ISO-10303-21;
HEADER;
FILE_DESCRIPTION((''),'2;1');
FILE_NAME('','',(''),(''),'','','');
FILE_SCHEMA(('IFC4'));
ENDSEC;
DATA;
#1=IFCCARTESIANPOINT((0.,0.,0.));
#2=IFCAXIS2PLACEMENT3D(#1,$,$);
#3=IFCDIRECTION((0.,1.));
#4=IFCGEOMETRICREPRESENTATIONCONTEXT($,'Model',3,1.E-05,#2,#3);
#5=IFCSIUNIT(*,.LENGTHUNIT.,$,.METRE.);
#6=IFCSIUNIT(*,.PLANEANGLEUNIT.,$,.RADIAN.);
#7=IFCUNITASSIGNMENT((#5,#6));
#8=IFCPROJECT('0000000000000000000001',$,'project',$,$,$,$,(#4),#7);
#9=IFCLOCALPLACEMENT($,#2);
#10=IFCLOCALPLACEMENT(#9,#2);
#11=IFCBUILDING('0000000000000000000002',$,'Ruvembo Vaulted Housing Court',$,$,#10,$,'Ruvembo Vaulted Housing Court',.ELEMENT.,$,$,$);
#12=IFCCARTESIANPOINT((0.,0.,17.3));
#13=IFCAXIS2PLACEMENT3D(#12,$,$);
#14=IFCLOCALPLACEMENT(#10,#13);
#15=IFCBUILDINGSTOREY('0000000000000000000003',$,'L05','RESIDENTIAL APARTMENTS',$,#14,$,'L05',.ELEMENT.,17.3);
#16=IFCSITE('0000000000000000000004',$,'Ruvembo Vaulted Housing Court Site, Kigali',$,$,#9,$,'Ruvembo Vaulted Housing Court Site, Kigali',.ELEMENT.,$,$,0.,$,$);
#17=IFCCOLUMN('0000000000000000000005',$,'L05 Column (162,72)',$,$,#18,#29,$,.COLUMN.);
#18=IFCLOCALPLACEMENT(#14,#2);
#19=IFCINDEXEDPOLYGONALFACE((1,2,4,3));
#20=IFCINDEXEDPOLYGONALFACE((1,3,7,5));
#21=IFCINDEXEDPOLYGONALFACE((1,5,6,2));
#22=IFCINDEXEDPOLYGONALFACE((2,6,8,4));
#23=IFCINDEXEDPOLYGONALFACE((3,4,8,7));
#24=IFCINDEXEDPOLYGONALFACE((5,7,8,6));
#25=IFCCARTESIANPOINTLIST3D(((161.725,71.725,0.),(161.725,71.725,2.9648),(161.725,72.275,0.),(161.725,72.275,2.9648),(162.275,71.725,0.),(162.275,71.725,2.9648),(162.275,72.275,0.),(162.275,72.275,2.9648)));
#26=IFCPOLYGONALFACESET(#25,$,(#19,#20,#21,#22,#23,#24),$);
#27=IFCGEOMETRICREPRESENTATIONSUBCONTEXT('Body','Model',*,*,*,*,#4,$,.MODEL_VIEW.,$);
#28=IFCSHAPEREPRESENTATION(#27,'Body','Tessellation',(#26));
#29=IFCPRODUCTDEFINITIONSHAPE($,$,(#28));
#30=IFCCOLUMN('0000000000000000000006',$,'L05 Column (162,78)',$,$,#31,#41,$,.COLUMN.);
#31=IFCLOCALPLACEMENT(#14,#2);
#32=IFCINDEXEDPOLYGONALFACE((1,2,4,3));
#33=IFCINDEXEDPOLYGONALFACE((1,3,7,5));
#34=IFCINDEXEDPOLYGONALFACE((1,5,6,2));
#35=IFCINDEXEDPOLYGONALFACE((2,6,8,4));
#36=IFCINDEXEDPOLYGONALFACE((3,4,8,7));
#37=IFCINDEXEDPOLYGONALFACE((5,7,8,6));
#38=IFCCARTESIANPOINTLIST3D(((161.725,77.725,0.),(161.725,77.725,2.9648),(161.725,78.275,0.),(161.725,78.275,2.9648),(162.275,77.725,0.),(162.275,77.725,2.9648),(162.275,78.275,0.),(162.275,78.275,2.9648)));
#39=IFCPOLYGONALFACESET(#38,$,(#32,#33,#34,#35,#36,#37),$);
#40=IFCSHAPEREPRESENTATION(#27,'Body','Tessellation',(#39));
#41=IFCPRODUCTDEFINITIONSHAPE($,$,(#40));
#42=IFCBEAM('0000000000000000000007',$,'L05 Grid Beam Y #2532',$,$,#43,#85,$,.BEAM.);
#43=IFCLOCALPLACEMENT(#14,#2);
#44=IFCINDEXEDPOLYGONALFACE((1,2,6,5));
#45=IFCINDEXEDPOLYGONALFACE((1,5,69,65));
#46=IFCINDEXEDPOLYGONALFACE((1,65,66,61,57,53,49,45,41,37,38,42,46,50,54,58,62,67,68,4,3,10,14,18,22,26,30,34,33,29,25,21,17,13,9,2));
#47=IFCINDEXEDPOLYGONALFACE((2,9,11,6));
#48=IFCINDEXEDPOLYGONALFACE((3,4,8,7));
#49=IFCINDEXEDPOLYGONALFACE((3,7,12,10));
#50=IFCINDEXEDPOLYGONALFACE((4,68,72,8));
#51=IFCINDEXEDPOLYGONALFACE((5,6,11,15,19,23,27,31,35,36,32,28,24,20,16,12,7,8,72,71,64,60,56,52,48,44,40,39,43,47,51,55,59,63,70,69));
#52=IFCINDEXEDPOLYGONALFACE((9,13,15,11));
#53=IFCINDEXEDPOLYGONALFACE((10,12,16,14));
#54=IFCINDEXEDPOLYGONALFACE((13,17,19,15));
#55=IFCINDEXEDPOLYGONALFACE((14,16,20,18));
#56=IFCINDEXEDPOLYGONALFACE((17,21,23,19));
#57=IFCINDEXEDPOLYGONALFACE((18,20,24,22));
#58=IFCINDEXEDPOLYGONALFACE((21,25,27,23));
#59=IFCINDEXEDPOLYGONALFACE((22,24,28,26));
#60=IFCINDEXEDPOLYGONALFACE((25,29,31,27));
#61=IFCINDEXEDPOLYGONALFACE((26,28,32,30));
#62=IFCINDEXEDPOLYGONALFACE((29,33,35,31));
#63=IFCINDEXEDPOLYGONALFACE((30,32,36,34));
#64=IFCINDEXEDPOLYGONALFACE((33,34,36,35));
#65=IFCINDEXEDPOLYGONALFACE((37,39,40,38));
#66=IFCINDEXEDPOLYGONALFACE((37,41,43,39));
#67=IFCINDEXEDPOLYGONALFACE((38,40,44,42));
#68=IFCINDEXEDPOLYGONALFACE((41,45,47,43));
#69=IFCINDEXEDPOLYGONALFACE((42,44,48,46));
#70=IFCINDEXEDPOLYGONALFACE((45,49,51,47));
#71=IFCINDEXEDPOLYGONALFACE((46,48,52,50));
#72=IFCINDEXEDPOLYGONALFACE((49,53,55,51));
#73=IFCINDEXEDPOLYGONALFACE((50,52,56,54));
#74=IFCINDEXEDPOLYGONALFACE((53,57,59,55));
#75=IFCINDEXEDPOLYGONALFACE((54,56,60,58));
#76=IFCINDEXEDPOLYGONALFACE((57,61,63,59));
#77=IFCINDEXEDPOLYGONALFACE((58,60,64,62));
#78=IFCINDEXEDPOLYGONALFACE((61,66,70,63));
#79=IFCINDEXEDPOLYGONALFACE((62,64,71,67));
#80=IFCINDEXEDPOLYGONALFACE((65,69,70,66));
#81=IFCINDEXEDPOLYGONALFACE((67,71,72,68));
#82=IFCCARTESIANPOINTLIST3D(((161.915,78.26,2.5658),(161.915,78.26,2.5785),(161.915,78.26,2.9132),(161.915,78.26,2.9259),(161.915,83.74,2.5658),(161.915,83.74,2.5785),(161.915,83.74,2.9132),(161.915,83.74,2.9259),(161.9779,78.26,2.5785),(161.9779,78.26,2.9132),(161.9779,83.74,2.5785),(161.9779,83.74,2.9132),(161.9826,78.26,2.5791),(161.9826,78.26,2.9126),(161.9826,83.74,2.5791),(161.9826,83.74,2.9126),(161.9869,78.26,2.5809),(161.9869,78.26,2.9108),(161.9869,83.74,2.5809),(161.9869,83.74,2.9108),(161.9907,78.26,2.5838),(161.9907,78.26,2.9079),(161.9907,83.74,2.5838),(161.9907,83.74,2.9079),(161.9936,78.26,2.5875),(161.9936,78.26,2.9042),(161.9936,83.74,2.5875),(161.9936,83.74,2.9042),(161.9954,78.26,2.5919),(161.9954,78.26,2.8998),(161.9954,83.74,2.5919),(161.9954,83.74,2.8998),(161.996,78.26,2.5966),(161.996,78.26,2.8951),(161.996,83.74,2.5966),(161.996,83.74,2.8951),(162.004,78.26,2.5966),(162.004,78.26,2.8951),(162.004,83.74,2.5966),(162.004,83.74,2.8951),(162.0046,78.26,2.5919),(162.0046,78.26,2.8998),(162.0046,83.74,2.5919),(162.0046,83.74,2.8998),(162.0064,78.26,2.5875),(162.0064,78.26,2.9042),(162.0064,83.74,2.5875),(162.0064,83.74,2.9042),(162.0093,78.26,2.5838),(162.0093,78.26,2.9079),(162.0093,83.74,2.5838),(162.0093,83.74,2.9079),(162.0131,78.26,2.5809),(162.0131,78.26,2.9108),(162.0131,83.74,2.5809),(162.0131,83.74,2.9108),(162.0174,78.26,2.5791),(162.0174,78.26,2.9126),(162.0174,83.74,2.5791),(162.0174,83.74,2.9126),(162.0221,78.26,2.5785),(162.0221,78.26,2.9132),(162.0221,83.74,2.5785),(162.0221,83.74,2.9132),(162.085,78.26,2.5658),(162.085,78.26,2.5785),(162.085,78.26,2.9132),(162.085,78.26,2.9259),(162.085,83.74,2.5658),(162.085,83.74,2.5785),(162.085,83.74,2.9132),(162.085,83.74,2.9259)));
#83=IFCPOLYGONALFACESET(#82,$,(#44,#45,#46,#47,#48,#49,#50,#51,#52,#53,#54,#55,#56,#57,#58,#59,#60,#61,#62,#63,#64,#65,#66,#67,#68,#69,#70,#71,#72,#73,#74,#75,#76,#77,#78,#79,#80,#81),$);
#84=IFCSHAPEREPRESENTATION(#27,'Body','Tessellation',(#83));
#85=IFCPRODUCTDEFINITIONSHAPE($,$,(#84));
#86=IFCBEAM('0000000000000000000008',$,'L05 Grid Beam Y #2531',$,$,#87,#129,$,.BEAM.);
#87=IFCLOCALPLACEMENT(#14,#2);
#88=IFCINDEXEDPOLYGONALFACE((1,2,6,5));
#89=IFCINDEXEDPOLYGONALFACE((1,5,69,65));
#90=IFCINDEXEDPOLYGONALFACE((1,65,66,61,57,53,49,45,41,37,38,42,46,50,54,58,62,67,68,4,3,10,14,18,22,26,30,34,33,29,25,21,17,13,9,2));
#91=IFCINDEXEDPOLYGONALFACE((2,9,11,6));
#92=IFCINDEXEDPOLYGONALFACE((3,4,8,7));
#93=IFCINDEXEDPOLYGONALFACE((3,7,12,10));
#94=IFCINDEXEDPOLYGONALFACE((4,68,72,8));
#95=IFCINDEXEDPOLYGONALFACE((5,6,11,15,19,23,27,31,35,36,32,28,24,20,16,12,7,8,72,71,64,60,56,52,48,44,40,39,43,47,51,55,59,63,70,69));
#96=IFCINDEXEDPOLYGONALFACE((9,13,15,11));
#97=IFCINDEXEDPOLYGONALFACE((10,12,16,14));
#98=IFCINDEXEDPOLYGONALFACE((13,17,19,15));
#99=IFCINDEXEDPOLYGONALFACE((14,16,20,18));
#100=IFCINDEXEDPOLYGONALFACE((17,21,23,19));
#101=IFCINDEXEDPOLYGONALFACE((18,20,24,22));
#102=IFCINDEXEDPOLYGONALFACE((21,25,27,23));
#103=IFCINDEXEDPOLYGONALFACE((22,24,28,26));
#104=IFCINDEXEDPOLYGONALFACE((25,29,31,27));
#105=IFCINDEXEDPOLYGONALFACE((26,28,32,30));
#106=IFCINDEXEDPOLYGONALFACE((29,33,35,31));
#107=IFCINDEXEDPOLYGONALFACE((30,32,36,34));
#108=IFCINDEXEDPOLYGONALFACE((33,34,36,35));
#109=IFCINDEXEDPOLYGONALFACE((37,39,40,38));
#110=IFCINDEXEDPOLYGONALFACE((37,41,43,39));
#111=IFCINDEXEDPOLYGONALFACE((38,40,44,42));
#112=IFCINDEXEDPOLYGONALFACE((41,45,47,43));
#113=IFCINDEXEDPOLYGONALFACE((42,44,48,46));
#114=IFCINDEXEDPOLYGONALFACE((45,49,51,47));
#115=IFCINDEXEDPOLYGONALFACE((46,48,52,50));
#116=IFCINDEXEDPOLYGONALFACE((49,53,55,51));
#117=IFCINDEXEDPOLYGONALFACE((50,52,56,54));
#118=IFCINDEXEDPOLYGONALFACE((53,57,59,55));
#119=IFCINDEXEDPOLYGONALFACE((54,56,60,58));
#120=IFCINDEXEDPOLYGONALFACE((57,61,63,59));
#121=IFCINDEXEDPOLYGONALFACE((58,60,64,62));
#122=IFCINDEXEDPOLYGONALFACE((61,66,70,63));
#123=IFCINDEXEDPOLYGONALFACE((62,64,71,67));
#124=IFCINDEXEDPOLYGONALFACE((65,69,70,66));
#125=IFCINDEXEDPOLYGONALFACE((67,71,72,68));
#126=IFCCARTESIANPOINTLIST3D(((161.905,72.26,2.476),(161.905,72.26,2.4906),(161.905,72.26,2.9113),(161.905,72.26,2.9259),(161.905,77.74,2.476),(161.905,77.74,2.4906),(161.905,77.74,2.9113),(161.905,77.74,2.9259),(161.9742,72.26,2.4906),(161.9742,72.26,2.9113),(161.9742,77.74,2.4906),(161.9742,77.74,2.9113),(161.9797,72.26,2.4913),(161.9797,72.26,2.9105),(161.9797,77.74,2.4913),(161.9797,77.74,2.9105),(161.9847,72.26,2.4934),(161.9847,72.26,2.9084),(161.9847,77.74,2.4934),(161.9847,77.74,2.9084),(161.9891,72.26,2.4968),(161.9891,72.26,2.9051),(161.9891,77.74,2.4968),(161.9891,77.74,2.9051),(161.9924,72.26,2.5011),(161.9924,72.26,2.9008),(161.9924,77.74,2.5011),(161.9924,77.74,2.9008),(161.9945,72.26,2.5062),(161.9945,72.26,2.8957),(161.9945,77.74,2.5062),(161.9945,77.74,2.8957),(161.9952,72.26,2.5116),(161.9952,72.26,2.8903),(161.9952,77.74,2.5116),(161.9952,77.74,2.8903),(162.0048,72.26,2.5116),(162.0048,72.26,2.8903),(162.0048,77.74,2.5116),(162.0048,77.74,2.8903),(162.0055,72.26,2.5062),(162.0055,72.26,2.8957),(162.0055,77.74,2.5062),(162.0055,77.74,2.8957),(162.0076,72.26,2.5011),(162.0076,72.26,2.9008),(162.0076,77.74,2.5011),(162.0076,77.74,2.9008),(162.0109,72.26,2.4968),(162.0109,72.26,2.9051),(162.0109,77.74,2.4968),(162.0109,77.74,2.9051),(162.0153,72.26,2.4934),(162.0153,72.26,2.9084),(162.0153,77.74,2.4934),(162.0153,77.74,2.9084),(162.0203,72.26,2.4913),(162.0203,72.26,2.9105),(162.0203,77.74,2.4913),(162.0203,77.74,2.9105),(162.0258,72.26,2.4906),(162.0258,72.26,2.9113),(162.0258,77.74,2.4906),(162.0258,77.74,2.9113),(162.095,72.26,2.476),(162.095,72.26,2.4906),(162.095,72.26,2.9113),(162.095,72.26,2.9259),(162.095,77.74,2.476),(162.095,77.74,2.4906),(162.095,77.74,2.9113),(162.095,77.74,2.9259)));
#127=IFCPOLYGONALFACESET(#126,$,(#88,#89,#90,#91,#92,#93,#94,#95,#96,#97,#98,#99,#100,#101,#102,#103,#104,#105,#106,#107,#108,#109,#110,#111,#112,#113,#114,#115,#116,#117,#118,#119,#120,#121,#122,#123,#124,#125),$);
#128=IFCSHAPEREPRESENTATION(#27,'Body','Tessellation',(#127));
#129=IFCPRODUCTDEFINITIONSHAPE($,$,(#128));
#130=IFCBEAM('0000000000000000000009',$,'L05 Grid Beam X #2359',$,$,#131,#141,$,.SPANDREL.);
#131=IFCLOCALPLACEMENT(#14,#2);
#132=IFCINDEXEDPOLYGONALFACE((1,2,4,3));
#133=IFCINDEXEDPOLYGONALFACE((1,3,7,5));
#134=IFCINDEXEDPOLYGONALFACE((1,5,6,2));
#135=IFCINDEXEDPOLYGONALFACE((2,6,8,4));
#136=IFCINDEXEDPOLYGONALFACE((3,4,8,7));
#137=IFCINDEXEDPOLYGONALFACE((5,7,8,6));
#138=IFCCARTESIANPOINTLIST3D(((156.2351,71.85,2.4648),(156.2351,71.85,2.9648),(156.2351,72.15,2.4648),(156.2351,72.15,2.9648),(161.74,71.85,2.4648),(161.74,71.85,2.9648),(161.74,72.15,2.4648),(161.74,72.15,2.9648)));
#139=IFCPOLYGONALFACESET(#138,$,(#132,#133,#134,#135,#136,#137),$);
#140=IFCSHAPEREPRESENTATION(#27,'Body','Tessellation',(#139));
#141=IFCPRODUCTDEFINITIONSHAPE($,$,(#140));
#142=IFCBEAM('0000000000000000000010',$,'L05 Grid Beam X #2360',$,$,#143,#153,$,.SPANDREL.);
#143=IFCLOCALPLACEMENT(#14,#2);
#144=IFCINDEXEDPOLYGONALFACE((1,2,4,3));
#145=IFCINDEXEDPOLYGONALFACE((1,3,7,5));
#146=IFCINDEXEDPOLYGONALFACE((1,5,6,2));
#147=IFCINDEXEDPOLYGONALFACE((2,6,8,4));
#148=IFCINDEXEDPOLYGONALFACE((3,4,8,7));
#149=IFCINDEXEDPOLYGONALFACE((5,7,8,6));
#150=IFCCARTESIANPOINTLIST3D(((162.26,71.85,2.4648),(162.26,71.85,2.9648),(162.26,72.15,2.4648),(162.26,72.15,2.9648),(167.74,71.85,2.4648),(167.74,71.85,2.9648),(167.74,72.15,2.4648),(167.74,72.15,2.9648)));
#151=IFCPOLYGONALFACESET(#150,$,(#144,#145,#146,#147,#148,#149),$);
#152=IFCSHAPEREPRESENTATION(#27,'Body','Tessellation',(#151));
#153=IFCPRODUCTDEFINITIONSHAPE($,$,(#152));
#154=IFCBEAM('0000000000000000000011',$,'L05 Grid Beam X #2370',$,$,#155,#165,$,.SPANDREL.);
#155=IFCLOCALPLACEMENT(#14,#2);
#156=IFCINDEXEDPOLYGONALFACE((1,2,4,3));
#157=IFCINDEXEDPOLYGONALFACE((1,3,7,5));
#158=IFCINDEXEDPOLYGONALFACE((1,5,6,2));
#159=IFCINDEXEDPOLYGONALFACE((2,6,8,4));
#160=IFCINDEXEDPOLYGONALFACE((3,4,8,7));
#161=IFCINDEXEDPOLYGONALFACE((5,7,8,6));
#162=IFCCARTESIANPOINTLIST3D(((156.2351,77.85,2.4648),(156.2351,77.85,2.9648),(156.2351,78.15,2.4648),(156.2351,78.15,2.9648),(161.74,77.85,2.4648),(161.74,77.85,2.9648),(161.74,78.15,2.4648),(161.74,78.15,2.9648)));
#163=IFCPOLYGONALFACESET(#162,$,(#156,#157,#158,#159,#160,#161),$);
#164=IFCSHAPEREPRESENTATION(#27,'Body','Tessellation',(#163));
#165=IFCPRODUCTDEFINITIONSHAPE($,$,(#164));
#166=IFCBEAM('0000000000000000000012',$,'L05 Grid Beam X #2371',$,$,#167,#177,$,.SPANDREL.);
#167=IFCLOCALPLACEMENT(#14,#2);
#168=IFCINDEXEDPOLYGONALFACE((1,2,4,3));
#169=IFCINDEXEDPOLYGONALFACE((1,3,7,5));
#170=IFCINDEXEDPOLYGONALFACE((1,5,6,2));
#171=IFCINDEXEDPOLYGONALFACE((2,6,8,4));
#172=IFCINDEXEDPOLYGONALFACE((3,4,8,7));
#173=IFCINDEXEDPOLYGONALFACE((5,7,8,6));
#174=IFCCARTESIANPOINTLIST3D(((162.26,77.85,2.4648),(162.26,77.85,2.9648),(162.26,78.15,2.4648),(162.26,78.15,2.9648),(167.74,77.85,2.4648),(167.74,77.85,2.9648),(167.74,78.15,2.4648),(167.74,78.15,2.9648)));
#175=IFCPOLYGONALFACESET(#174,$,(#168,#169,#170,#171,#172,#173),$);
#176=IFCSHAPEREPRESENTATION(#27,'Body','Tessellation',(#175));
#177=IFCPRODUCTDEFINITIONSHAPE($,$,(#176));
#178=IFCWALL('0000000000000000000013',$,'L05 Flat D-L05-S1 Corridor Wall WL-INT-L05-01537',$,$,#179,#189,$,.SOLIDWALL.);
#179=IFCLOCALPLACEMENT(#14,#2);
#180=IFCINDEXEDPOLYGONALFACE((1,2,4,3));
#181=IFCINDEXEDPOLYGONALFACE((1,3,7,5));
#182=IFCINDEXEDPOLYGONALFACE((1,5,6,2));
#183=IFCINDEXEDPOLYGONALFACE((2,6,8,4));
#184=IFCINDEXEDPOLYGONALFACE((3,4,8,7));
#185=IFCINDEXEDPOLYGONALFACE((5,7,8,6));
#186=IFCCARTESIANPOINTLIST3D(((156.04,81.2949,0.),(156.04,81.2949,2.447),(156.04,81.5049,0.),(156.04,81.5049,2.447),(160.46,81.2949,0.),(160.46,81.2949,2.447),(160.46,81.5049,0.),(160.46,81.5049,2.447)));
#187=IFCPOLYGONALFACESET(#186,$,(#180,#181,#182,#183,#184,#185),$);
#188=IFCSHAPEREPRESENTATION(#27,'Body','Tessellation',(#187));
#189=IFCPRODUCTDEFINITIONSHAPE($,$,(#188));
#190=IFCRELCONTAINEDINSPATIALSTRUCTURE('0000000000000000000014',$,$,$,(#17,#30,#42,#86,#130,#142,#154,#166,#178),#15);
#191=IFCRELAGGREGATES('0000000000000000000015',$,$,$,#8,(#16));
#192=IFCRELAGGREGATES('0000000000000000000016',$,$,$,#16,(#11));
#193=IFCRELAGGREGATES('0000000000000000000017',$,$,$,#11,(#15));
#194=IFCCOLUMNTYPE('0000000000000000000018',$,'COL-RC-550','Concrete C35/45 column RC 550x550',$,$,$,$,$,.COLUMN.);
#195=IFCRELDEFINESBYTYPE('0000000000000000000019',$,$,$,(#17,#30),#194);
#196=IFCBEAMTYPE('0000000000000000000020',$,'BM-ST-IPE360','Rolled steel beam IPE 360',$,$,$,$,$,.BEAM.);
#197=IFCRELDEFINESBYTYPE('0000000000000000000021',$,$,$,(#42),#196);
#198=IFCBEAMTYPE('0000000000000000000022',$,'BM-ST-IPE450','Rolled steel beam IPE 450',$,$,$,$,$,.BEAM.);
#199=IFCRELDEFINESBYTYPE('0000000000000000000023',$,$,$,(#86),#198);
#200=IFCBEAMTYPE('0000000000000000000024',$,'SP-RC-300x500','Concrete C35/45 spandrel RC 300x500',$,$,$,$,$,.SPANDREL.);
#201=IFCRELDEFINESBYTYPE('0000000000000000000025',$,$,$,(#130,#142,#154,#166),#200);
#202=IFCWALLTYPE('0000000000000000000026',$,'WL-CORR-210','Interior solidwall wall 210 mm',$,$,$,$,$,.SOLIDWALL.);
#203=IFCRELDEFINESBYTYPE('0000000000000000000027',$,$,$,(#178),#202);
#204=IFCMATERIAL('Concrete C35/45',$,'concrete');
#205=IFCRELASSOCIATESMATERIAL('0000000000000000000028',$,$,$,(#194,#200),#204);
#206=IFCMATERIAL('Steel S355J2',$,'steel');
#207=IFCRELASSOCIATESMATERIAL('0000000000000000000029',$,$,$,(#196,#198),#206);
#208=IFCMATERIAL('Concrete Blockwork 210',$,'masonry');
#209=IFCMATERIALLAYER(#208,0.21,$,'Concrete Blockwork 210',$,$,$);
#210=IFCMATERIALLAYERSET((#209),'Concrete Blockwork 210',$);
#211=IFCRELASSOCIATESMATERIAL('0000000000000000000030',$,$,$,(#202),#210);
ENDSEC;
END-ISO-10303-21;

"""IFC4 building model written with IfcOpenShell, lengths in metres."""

from ifc_helpers import new_model, si_unit, direction, frame, frame_2d, origin, origin_2d, place, context, subcontext, project, spatial, rectangle, i_section, extrude, material, layer, layer_set, material_profile, profile_set, type_object, element, save


model = new_model("IFC4")

# Units and contexts
model_context = context("Model", 3, precision=1e-05, world=origin(), true_north=direction((0.0, 1.0)))
body_context = subcontext(model_context, "Body", "Model", "MODEL_VIEW")
ifc_project = project(units=[si_unit("LENGTHUNIT", "METRE"), si_unit("PLANEANGLEUNIT", "RADIAN")], contexts=[model_context])

# Site, building, storey
site_placement = place(None, origin())
site = spatial("IfcSite", under=ifc_project, at=site_placement, Name="Ruvembo Vaulted Housing Court Site, Kigali", LongName="Ruvembo Vaulted Housing Court Site, Kigali", CompositionType="ELEMENT", RefElevation=0.0)
building_placement = place(site_placement, origin())
building = spatial("IfcBuilding", under=site, at=building_placement, Name="Ruvembo Vaulted Housing Court", LongName="Ruvembo Vaulted Housing Court", CompositionType="ELEMENT")
storey_placement = place(building_placement, frame((0.0, 0.0, 17.3)))
storey = spatial("IfcBuildingStorey", under=building, at=storey_placement, Name="L05", Description="RESIDENTIAL APARTMENTS", LongName="L05", CompositionType="ELEMENT", Elevation=17.3)

# Columns
ifc_material_1 = material(Name="Concrete C35/45", Category="concrete")
ifc_material_profile_1 = material_profile(ifc_material_1, rectangle(XDim=0.55, YDim=0.55, at=origin_2d()), Name="RC 550x550")
ifc_profile_set_1 = profile_set([ifc_material_profile_1], Name="Concrete C35/45")
column_type = type_object("IfcColumnType", Name="COL-RC-550", Description="Concrete C35/45 column RC 550x550", PredefinedType="COLUMN", material=ifc_profile_set_1)
for number, where, z_axis, x_axis, name in (
    (1, (162.0, 72.0, 0.0), (0.0, 0.0, 1.0), (1.0, 0.0, 0.0), "L05 Column (162,72)"),
    (2, (162.0, 78.0, 0.0), (0.0, 0.0, 1.0), (1.0, 0.0, 0.0), "L05 Column (162,78)"),
):
    element("IfcColumn", number, at=place(storey_placement, frame(where, z_axis=z_axis, x_axis=x_axis)), inside=storey, type_object=column_type, Name=name, PredefinedType="COLUMN", context=body_context, shape_type="SweptSolid", body=[
        extrude(rectangle(XDim=0.55, YDim=0.55, at=origin_2d()), origin(), (0.0, 0.0, 1.0), 2.9648),
    ])

# Beams
ifc_material_2 = material(Name="Steel S355J2", Category="steel")
ifc_material_profile_2 = material_profile(ifc_material_2, i_section(OverallWidth=0.1699, OverallDepth=0.3601, WebThickness=0.0081, FlangeThickness=0.0127, FilletRadius=0.0181, at=origin_2d()), Name="IPE 360")
ifc_profile_set_2 = profile_set([ifc_material_profile_2], Name="Steel S355J2")
beam_type_1 = type_object("IfcBeamType", Name="BM-ST-IPE360", Description="Rolled steel beam IPE 360", PredefinedType="BEAM", material=ifc_profile_set_2)
beam_1_placement = place(storey_placement, frame((162.0, 78.26, 2.7458), z_axis=(0.0, 1.0, 0.0), x_axis=(-1.0, 0.0, 0.0)))
element("IfcBeam", 3, at=beam_1_placement, inside=storey, type_object=beam_type_1, Name="L05 Grid Beam Y #2532", PredefinedType="BEAM", context=body_context, shape_type="SweptSolid", body=[
    extrude(i_section(OverallWidth=0.1699, OverallDepth=0.3601, WebThickness=0.0081, FlangeThickness=0.0127, FilletRadius=0.0181, at=origin_2d()), origin(), (0.0, 0.0, 1.0), 5.48),
])
ifc_material_profile_3 = material_profile(ifc_material_2, i_section(OverallWidth=0.1899, OverallDepth=0.45, WebThickness=0.0095, FlangeThickness=0.0146, FilletRadius=0.021, at=origin_2d()), Name="IPE 450")
ifc_profile_set_3 = profile_set([ifc_material_profile_3], Name="Steel S355J2")
beam_type_2 = type_object("IfcBeamType", Name="BM-ST-IPE450", Description="Rolled steel beam IPE 450", PredefinedType="BEAM", material=ifc_profile_set_3)
beam_2_placement = place(storey_placement, frame((162.0, 72.26, 2.7009), z_axis=(0.0, 1.0, 0.0), x_axis=(-1.0, 0.0, 0.0)))
element("IfcBeam", 4, at=beam_2_placement, inside=storey, type_object=beam_type_2, Name="L05 Grid Beam Y #2531", PredefinedType="BEAM", context=body_context, shape_type="SweptSolid", body=[
    extrude(i_section(OverallWidth=0.1899, OverallDepth=0.45, WebThickness=0.0095, FlangeThickness=0.0146, FilletRadius=0.021, at=origin_2d()), origin(), (0.0, 0.0, 1.0), 5.48),
])
ifc_material_profile_4 = material_profile(ifc_material_1, rectangle(XDim=0.3, YDim=0.5, at=origin_2d()), Name="RC 300x500")
ifc_profile_set_4 = profile_set([ifc_material_profile_4], Name="Concrete C35/45")
beam_type_3 = type_object("IfcBeamType", Name="SP-RC-300x500", Description="Concrete C35/45 spandrel RC 300x500", PredefinedType="SPANDREL", material=ifc_profile_set_4)
beam_3_placement = place(storey_placement, frame((156.2351, 72.0, 2.7148), z_axis=(1.0, 0.0, 0.0), x_axis=(0.0, 1.0, 0.0)))
element("IfcBeam", 5, at=beam_3_placement, inside=storey, type_object=beam_type_3, Name="L05 Grid Beam X #2359", PredefinedType="SPANDREL", context=body_context, shape_type="SweptSolid", body=[
    extrude(rectangle(XDim=0.3, YDim=0.5, at=origin_2d()), origin(), (0.0, 0.0, 1.0), 5.5049),
])
beam_4_placement = place(storey_placement, frame((162.26, 72.0, 2.7148), z_axis=(1.0, 0.0, 0.0), x_axis=(0.0, 1.0, 0.0)))
element("IfcBeam", 6, at=beam_4_placement, inside=storey, type_object=beam_type_3, Name="L05 Grid Beam X #2360", PredefinedType="SPANDREL", context=body_context, shape_type="SweptSolid", body=[
    extrude(rectangle(XDim=0.3, YDim=0.5, at=origin_2d()), origin(), (0.0, 0.0, 1.0), 5.48),
])
beam_5_placement = place(storey_placement, frame((156.2351, 78.0, 2.7148), z_axis=(1.0, 0.0, 0.0), x_axis=(0.0, 1.0, 0.0)))
element("IfcBeam", 7, at=beam_5_placement, inside=storey, type_object=beam_type_3, Name="L05 Grid Beam X #2370", PredefinedType="SPANDREL", context=body_context, shape_type="SweptSolid", body=[
    extrude(rectangle(XDim=0.3, YDim=0.5, at=origin_2d()), origin(), (0.0, 0.0, 1.0), 5.5049),
])
beam_6_placement = place(storey_placement, frame((162.26, 78.0, 2.7148), z_axis=(1.0, 0.0, 0.0), x_axis=(0.0, 1.0, 0.0)))
element("IfcBeam", 8, at=beam_6_placement, inside=storey, type_object=beam_type_3, Name="L05 Grid Beam X #2371", PredefinedType="SPANDREL", context=body_context, shape_type="SweptSolid", body=[
    extrude(rectangle(XDim=0.3, YDim=0.5, at=origin_2d()), origin(), (0.0, 0.0, 1.0), 5.48),
])

# Wall
ifc_material_3 = material(Name="Concrete Blockwork 210", Category="masonry")
ifc_layer_1 = layer(ifc_material_3, 0.21, Name="Concrete Blockwork 210")
ifc_layer_set_1 = layer_set([ifc_layer_1], Name="Concrete Blockwork 210")
wall_type_1 = type_object("IfcWallType", Name="WL-CORR-210", Description="Interior solidwall wall 210 mm", PredefinedType="SOLIDWALL", material=ifc_layer_set_1)
wall_1_placement = place(storey_placement, frame((156.04, 81.3999, 0.0), z_axis=(0.0, 0.0, 1.0), x_axis=(1.0, 0.0, 0.0)))
element("IfcWall", 9, at=wall_1_placement, inside=storey, type_object=wall_type_1, Name="L05 Flat D-L05-S1 Corridor Wall WL-INT-L05-01537", PredefinedType="SOLIDWALL", context=body_context, shape_type="SweptSolid", body=[
    extrude(rectangle(XDim=4.4199, YDim=0.21, at=frame_2d((2.21, 0.0))), origin(), (0.0, 0.0, 1.0), 2.447),
])

save(model, "model.ifc")
